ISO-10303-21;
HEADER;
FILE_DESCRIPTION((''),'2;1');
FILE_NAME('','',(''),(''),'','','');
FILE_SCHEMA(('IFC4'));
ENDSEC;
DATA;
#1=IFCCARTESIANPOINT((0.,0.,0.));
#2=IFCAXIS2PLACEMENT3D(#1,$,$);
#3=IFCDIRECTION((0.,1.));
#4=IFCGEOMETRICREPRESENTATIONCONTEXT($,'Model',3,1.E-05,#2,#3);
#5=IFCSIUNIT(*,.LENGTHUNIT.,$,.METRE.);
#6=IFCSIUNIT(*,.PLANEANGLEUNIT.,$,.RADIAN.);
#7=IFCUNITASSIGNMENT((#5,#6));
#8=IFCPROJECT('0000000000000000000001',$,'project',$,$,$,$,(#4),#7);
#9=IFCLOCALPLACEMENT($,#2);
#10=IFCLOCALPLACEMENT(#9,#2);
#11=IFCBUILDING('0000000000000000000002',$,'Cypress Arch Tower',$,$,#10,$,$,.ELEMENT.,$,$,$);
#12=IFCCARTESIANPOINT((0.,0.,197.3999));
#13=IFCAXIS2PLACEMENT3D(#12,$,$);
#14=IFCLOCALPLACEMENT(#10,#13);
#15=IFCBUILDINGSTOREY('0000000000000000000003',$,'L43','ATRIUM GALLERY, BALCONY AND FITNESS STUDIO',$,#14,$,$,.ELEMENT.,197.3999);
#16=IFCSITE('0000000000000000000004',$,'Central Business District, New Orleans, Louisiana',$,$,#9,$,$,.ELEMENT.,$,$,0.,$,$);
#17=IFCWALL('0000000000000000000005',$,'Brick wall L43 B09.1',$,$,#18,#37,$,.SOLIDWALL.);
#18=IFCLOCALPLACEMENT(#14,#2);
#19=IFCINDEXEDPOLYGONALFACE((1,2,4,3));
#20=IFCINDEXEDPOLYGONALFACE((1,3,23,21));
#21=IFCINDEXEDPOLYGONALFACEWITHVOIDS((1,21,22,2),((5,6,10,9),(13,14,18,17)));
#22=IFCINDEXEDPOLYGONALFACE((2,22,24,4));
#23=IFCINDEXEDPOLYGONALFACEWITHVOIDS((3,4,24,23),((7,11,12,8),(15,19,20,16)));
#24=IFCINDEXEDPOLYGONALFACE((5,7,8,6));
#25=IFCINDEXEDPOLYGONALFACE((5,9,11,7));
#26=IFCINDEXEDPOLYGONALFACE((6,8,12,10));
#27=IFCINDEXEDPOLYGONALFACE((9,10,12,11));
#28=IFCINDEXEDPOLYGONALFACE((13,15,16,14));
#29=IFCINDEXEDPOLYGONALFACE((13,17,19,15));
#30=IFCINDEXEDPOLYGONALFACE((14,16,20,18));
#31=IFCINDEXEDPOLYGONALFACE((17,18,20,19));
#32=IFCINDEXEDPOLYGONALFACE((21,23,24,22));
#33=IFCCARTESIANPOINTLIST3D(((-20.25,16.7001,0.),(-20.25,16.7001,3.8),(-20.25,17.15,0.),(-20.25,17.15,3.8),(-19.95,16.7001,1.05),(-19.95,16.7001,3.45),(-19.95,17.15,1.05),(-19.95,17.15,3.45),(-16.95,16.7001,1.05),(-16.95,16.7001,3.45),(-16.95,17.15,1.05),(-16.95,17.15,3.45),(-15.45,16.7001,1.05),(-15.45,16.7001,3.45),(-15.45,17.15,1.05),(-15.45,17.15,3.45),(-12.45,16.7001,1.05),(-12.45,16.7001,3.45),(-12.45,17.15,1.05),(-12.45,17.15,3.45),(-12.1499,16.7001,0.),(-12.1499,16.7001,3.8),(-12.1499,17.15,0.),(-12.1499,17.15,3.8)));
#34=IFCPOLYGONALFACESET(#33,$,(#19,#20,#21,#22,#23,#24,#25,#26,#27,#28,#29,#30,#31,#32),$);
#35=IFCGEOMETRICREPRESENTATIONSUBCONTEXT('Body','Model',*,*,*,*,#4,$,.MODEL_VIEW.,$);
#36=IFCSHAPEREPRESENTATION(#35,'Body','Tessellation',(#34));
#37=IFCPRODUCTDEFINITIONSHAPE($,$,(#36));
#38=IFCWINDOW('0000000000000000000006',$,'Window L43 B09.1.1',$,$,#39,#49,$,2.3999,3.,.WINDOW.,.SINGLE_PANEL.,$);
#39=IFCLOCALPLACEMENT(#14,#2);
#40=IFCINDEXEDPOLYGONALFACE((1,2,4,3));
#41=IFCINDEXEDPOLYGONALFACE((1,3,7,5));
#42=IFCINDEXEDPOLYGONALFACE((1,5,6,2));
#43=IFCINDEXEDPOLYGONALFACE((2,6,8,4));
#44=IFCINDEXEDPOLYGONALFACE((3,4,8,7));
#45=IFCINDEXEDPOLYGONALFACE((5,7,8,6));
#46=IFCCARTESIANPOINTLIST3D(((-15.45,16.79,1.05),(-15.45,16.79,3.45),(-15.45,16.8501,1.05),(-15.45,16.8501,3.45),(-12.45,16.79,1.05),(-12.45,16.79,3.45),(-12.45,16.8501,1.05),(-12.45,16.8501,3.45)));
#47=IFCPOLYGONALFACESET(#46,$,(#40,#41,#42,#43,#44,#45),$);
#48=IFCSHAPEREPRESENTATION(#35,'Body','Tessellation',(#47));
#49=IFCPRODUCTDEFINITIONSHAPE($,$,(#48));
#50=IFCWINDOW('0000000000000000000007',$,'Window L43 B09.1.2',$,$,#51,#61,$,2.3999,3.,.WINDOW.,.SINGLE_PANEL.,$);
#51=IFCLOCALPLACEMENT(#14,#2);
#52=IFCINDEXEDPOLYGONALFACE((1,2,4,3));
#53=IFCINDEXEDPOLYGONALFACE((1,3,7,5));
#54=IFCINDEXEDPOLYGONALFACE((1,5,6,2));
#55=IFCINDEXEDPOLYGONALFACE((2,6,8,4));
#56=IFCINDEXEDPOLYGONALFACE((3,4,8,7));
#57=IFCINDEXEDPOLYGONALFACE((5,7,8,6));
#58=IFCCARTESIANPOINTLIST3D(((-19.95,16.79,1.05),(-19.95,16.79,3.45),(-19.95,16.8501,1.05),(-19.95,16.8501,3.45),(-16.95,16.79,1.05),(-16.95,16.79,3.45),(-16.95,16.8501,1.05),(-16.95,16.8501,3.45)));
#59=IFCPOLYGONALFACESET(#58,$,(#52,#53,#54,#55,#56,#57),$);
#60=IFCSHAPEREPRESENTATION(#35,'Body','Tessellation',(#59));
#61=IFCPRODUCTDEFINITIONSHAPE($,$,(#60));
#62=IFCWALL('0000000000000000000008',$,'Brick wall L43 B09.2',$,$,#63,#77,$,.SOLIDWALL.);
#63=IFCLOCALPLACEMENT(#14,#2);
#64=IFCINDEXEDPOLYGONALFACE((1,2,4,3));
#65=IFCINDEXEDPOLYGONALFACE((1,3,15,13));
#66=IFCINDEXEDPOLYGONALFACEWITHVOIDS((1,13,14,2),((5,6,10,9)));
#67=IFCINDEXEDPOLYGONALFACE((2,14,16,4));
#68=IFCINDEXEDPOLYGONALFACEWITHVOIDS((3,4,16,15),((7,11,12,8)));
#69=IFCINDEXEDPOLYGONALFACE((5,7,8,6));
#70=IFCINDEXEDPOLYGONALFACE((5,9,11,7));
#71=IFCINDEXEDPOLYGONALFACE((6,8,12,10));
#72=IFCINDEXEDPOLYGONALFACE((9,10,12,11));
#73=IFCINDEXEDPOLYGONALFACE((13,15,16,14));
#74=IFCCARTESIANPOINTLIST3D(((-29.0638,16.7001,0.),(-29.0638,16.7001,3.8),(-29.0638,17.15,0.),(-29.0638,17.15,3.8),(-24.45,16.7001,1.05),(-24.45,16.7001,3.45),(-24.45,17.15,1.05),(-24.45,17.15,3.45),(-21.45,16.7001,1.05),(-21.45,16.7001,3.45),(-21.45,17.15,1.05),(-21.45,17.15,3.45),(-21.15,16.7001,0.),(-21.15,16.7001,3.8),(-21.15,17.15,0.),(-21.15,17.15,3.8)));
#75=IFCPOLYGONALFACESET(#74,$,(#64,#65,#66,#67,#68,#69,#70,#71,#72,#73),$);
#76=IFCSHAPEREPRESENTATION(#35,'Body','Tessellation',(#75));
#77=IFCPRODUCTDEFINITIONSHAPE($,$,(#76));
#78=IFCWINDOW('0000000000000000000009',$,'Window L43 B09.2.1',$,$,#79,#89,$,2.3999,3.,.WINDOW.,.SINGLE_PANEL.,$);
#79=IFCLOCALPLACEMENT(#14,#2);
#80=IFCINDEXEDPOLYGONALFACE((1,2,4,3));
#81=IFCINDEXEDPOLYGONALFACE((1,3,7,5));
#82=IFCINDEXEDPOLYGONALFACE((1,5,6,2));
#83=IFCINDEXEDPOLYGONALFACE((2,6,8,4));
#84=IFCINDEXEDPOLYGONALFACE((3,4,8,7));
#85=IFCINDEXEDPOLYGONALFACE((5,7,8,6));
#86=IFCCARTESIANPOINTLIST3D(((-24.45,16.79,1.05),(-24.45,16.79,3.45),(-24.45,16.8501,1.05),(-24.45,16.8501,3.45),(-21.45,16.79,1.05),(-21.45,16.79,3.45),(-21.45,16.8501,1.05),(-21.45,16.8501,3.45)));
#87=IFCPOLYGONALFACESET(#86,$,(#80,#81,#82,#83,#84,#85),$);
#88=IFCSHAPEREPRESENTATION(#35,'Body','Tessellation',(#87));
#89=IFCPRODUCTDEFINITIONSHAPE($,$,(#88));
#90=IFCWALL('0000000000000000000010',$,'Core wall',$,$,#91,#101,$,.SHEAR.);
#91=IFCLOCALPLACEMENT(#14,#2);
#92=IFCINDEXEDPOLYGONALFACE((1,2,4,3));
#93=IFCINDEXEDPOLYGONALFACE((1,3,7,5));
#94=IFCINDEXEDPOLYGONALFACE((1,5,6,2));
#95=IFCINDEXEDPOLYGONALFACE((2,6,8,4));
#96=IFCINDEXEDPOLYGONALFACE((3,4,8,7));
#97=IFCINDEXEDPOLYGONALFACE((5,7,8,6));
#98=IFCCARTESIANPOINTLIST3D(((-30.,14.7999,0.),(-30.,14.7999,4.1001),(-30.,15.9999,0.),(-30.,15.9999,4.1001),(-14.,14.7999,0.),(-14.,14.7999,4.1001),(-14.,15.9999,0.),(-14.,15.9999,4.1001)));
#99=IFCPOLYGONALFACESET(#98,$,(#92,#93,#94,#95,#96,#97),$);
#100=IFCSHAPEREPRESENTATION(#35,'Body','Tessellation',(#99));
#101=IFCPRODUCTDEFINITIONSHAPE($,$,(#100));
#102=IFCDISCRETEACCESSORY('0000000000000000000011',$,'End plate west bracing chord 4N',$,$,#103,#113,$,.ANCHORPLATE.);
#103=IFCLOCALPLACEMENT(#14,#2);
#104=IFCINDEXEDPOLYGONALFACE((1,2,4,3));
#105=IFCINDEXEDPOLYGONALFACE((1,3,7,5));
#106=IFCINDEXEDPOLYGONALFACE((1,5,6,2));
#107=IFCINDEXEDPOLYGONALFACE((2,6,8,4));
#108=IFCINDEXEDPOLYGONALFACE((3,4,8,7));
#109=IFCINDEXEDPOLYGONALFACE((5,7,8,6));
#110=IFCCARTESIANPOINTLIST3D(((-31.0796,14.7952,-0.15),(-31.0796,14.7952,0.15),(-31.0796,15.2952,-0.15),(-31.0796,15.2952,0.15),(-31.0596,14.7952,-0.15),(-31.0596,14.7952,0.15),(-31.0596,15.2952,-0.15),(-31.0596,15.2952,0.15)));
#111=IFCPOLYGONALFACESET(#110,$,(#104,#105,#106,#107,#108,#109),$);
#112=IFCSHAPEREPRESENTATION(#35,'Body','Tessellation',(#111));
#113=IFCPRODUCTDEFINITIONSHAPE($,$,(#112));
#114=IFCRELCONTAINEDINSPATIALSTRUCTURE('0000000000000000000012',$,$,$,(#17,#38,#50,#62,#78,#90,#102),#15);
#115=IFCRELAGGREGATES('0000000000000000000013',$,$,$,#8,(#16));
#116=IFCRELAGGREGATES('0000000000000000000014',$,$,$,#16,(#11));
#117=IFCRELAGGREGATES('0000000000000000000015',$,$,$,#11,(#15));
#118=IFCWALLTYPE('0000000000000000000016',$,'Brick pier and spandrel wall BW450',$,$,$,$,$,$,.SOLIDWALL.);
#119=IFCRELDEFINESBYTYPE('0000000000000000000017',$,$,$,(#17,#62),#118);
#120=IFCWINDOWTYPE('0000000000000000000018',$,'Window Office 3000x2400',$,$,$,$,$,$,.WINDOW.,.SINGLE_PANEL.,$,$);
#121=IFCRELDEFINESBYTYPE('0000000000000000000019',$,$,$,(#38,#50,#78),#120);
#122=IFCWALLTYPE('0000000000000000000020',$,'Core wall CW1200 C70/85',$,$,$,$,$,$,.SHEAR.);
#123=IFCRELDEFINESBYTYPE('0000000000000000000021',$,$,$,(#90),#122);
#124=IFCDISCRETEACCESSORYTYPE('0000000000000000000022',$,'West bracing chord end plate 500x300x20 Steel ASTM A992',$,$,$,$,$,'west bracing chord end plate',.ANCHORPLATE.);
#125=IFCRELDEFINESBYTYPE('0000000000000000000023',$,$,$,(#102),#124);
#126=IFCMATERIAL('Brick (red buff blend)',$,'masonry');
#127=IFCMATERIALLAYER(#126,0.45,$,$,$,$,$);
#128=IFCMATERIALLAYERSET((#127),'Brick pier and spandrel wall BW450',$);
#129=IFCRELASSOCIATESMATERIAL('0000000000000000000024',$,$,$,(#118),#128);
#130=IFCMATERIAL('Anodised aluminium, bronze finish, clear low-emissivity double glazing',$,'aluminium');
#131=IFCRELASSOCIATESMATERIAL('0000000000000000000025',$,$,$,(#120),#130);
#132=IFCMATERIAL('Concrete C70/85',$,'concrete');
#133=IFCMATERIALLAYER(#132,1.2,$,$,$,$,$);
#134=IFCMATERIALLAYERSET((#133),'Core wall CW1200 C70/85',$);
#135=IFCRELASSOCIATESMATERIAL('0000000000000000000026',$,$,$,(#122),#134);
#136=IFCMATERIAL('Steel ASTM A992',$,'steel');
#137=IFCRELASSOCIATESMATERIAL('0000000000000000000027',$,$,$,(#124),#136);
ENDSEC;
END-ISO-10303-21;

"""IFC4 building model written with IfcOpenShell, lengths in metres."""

from ifc_helpers import new_model, si_unit, direction, frame, frame_2d, origin, origin_2d, place, context, subcontext, project, spatial, rectangle, extrude, material, layer, layer_set, material_profile, profile_set, type_object, element, fill, save


model = new_model("IFC4")

# Units and contexts
model_context = context("Model", 3, precision=1e-05, world=origin(), true_north=direction((0.0, 1.0)))
body_context = subcontext(model_context, "Body", "Model", "MODEL_VIEW")
ifc_project = project(units=[si_unit("LENGTHUNIT", "METRE"), si_unit("PLANEANGLEUNIT", "RADIAN")], contexts=[model_context])

# Site, building, storey
site_placement = place(None, origin())
site = spatial("IfcSite", under=ifc_project, at=site_placement, Name="Central Business District, New Orleans, Louisiana", CompositionType="ELEMENT", RefElevation=0.0)
building_placement = place(site_placement, origin())
building = spatial("IfcBuilding", under=site, at=building_placement, Name="Cypress Arch Tower", CompositionType="ELEMENT")
storey_placement = place(building_placement, frame((0.0, 0.0, 197.3999)))
storey = spatial("IfcBuildingStorey", under=building, at=storey_placement, Name="L43", Description="ATRIUM GALLERY, BALCONY AND FITNESS STUDIO", CompositionType="ELEMENT", Elevation=197.3999)

# Shared definitions
ifc_material_1 = material(Name="Brick (red buff blend)", Category="masonry")
ifc_layer_1 = layer(ifc_material_1, 0.45)
ifc_layer_set_1 = layer_set([ifc_layer_1], Name="Brick pier and spandrel wall BW450")
wall_type_1 = type_object("IfcWallType", Name="Brick pier and spandrel wall BW450", PredefinedType="SOLIDWALL", material=ifc_layer_set_1)
ifc_material_2 = material(Name="Anodised aluminium, bronze finish, clear low-emissivity double glazing", Category="aluminium")
window_type = type_object("IfcWindowType", Name="Window Office 3000x2400", PartitioningType="SINGLE_PANEL", PredefinedType="WINDOW", material=ifc_material_2)

# Wall, openings, windows
wall_1_placement = place(storey_placement, frame((-12.1499, 16.925, 0.0), z_axis=(0.0, 0.0, 1.0), x_axis=(-1.0, 0.0, 0.0)))
wall_1 = element("IfcWall", 1, at=wall_1_placement, inside=storey, type_object=wall_type_1, Name="Brick wall L43 B09.1", PredefinedType="SOLIDWALL", context=body_context, shape_type="SweptSolid", body=[
    extrude(rectangle(XDim=8.1001, YDim=0.45, at=frame_2d((4.05, 0.0))), origin(), (0.0, 0.0, 1.0), 3.8),
])
opening_1_placement = place(wall_1_placement, frame((0.3, 0.0, 1.05)))
opening_1 = element("IfcOpeningElement", 2, at=opening_1_placement, cuts=wall_1, PredefinedType="OPENING", context=body_context, shape_type="SweptSolid", body=[
    extrude(rectangle(XDim=3.0, YDim=2.3999, at=frame_2d((1.5, 1.2))), frame((0.0, 0.2349, 0.0), z_axis=(0.0, -1.0, 0.0), x_axis=(1.0, 0.0, 0.0)), (0.0, 0.0, 1.0), 0.47),
])
opening_2_placement = place(wall_1_placement, frame((4.8, 0.0, 1.05)))
opening_2 = element("IfcOpeningElement", 3, at=opening_2_placement, cuts=wall_1, PredefinedType="OPENING", context=body_context, shape_type="SweptSolid", body=[
    extrude(rectangle(XDim=3.0, YDim=2.3999, at=frame_2d((1.5, 1.2))), frame((0.0, 0.2349, 0.0), z_axis=(0.0, -1.0, 0.0), x_axis=(1.0, 0.0, 0.0)), (0.0, 0.0, 1.0), 0.47),
])
window_1_placement = place(opening_1_placement, origin())
window_1 = element("IfcWindow", 4, at=window_1_placement, inside=storey, type_object=window_type, Name="Window L43 B09.1.1", OverallHeight=2.3999, OverallWidth=3.0, PartitioningType="SINGLE_PANEL", PredefinedType="WINDOW", context=body_context, shape_type="SweptSolid", body=[
    extrude(rectangle(XDim=3.0, YDim=2.3999, at=frame_2d((1.5, 1.2))), frame((0.0, 0.135, 0.0), z_axis=(0.0, -1.0, 0.0), x_axis=(1.0, 0.0, 0.0)), (0.0, 0.0, 1.0), 0.0601),
])
fill(opening_1, window_1)
window_2_placement = place(opening_2_placement, origin())
window_2 = element("IfcWindow", 5, at=window_2_placement, inside=storey, type_object=window_type, Name="Window L43 B09.1.2", OverallHeight=2.3999, OverallWidth=3.0, PartitioningType="SINGLE_PANEL", PredefinedType="WINDOW", context=body_context, shape_type="SweptSolid", body=[
    extrude(rectangle(XDim=3.0, YDim=2.3999, at=frame_2d((1.5, 1.2))), frame((0.0, 0.135, 0.0), z_axis=(0.0, -1.0, 0.0), x_axis=(1.0, 0.0, 0.0)), (0.0, 0.0, 1.0), 0.0601),
])
fill(opening_2, window_2)

# Wall, opening, window
wall_2_placement = place(storey_placement, frame((-21.1499, 16.925, 0.0), z_axis=(0.0, 0.0, 1.0), x_axis=(-1.0, 0.0, 0.0)))
wall_2 = element("IfcWall", 6, at=wall_2_placement, inside=storey, type_object=wall_type_1, Name="Brick wall L43 B09.2", PredefinedType="SOLIDWALL", context=body_context, shape_type="SweptSolid", body=[
    extrude(rectangle(XDim=7.9138, YDim=0.45, at=frame_2d((3.957, 0.0))), origin(), (0.0, 0.0, 1.0), 3.8),
])
opening_3_placement = place(wall_2_placement, frame((0.3, 0.0, 1.05)))
opening_3 = element("IfcOpeningElement", 7, at=opening_3_placement, cuts=wall_2, PredefinedType="OPENING", context=body_context, shape_type="SweptSolid", body=[
    extrude(rectangle(XDim=3.0, YDim=2.3999, at=frame_2d((1.5, 1.2))), frame((0.0, 0.2349, 0.0), z_axis=(0.0, -1.0, 0.0), x_axis=(1.0, 0.0, 0.0)), (0.0, 0.0, 1.0), 0.47),
])
window_3_placement = place(opening_3_placement, origin())
window_3 = element("IfcWindow", 8, at=window_3_placement, inside=storey, type_object=window_type, Name="Window L43 B09.2.1", OverallHeight=2.3999, OverallWidth=3.0, PartitioningType="SINGLE_PANEL", PredefinedType="WINDOW", context=body_context, shape_type="SweptSolid", body=[
    extrude(rectangle(XDim=3.0, YDim=2.3999, at=frame_2d((1.5, 1.2))), frame((0.0, 0.135, 0.0), z_axis=(0.0, -1.0, 0.0), x_axis=(1.0, 0.0, 0.0)), (0.0, 0.0, 1.0), 0.0601),
])
fill(opening_3, window_3)

# Wall
ifc_material_3 = material(Name="Concrete C70/85", Category="concrete")
ifc_layer_2 = layer(ifc_material_3, 1.2)
ifc_layer_set_2 = layer_set([ifc_layer_2], Name="Core wall CW1200 C70/85")
wall_type_2 = type_object("IfcWallType", Name="Core wall CW1200 C70/85", PredefinedType="SHEAR", material=ifc_layer_set_2)
wall_3_placement = place(storey_placement, frame((-30.0, 15.3999, 0.0), z_axis=(0.0, 0.0, 1.0), x_axis=(1.0, 0.0, 0.0)))
element("IfcWall", 9, at=wall_3_placement, inside=storey, type_object=wall_type_2, Name="Core wall", PredefinedType="SHEAR", context=body_context, shape_type="SweptSolid", body=[
    extrude(rectangle(XDim=16.0, YDim=1.2, at=frame_2d((8.0, 0.0))), origin(), (0.0, 0.0, 1.0), 4.1001),
])

# Discrete accessory
ifc_material_4 = material(Name="Steel ASTM A992", Category="steel")
ifc_material_profile_1 = material_profile(ifc_material_4, rectangle(XDim=0.5, YDim=0.3, at=origin_2d()), Name="PL 20 500x300")
ifc_profile_set_1 = profile_set([ifc_material_profile_1], Name="Steel ASTM A992")
discrete_accessory_type = type_object("IfcDiscreteAccessoryType", Name="West bracing chord end plate 500x300x20 Steel ASTM A992", ElementType="west bracing chord end plate", PredefinedType="ANCHORPLATE", material=ifc_profile_set_1)
discrete_accessory_placement = place(storey_placement, frame((-31.0596, 15.0452, 0.0), z_axis=(-1.0, 0.0, 0.0), x_axis=(0.0, -1.0, 0.0)))
element("IfcDiscreteAccessory", 10, at=discrete_accessory_placement, inside=storey, type_object=discrete_accessory_type, Name="End plate west bracing chord 4N", PredefinedType="ANCHORPLATE", context=body_context, shape_type="SweptSolid", body=[
    extrude(rectangle(XDim=0.5, YDim=0.3, at=origin_2d()), origin(), (0.0, 0.0, 1.0), 0.02),
])

save(model, "model.ifc")
